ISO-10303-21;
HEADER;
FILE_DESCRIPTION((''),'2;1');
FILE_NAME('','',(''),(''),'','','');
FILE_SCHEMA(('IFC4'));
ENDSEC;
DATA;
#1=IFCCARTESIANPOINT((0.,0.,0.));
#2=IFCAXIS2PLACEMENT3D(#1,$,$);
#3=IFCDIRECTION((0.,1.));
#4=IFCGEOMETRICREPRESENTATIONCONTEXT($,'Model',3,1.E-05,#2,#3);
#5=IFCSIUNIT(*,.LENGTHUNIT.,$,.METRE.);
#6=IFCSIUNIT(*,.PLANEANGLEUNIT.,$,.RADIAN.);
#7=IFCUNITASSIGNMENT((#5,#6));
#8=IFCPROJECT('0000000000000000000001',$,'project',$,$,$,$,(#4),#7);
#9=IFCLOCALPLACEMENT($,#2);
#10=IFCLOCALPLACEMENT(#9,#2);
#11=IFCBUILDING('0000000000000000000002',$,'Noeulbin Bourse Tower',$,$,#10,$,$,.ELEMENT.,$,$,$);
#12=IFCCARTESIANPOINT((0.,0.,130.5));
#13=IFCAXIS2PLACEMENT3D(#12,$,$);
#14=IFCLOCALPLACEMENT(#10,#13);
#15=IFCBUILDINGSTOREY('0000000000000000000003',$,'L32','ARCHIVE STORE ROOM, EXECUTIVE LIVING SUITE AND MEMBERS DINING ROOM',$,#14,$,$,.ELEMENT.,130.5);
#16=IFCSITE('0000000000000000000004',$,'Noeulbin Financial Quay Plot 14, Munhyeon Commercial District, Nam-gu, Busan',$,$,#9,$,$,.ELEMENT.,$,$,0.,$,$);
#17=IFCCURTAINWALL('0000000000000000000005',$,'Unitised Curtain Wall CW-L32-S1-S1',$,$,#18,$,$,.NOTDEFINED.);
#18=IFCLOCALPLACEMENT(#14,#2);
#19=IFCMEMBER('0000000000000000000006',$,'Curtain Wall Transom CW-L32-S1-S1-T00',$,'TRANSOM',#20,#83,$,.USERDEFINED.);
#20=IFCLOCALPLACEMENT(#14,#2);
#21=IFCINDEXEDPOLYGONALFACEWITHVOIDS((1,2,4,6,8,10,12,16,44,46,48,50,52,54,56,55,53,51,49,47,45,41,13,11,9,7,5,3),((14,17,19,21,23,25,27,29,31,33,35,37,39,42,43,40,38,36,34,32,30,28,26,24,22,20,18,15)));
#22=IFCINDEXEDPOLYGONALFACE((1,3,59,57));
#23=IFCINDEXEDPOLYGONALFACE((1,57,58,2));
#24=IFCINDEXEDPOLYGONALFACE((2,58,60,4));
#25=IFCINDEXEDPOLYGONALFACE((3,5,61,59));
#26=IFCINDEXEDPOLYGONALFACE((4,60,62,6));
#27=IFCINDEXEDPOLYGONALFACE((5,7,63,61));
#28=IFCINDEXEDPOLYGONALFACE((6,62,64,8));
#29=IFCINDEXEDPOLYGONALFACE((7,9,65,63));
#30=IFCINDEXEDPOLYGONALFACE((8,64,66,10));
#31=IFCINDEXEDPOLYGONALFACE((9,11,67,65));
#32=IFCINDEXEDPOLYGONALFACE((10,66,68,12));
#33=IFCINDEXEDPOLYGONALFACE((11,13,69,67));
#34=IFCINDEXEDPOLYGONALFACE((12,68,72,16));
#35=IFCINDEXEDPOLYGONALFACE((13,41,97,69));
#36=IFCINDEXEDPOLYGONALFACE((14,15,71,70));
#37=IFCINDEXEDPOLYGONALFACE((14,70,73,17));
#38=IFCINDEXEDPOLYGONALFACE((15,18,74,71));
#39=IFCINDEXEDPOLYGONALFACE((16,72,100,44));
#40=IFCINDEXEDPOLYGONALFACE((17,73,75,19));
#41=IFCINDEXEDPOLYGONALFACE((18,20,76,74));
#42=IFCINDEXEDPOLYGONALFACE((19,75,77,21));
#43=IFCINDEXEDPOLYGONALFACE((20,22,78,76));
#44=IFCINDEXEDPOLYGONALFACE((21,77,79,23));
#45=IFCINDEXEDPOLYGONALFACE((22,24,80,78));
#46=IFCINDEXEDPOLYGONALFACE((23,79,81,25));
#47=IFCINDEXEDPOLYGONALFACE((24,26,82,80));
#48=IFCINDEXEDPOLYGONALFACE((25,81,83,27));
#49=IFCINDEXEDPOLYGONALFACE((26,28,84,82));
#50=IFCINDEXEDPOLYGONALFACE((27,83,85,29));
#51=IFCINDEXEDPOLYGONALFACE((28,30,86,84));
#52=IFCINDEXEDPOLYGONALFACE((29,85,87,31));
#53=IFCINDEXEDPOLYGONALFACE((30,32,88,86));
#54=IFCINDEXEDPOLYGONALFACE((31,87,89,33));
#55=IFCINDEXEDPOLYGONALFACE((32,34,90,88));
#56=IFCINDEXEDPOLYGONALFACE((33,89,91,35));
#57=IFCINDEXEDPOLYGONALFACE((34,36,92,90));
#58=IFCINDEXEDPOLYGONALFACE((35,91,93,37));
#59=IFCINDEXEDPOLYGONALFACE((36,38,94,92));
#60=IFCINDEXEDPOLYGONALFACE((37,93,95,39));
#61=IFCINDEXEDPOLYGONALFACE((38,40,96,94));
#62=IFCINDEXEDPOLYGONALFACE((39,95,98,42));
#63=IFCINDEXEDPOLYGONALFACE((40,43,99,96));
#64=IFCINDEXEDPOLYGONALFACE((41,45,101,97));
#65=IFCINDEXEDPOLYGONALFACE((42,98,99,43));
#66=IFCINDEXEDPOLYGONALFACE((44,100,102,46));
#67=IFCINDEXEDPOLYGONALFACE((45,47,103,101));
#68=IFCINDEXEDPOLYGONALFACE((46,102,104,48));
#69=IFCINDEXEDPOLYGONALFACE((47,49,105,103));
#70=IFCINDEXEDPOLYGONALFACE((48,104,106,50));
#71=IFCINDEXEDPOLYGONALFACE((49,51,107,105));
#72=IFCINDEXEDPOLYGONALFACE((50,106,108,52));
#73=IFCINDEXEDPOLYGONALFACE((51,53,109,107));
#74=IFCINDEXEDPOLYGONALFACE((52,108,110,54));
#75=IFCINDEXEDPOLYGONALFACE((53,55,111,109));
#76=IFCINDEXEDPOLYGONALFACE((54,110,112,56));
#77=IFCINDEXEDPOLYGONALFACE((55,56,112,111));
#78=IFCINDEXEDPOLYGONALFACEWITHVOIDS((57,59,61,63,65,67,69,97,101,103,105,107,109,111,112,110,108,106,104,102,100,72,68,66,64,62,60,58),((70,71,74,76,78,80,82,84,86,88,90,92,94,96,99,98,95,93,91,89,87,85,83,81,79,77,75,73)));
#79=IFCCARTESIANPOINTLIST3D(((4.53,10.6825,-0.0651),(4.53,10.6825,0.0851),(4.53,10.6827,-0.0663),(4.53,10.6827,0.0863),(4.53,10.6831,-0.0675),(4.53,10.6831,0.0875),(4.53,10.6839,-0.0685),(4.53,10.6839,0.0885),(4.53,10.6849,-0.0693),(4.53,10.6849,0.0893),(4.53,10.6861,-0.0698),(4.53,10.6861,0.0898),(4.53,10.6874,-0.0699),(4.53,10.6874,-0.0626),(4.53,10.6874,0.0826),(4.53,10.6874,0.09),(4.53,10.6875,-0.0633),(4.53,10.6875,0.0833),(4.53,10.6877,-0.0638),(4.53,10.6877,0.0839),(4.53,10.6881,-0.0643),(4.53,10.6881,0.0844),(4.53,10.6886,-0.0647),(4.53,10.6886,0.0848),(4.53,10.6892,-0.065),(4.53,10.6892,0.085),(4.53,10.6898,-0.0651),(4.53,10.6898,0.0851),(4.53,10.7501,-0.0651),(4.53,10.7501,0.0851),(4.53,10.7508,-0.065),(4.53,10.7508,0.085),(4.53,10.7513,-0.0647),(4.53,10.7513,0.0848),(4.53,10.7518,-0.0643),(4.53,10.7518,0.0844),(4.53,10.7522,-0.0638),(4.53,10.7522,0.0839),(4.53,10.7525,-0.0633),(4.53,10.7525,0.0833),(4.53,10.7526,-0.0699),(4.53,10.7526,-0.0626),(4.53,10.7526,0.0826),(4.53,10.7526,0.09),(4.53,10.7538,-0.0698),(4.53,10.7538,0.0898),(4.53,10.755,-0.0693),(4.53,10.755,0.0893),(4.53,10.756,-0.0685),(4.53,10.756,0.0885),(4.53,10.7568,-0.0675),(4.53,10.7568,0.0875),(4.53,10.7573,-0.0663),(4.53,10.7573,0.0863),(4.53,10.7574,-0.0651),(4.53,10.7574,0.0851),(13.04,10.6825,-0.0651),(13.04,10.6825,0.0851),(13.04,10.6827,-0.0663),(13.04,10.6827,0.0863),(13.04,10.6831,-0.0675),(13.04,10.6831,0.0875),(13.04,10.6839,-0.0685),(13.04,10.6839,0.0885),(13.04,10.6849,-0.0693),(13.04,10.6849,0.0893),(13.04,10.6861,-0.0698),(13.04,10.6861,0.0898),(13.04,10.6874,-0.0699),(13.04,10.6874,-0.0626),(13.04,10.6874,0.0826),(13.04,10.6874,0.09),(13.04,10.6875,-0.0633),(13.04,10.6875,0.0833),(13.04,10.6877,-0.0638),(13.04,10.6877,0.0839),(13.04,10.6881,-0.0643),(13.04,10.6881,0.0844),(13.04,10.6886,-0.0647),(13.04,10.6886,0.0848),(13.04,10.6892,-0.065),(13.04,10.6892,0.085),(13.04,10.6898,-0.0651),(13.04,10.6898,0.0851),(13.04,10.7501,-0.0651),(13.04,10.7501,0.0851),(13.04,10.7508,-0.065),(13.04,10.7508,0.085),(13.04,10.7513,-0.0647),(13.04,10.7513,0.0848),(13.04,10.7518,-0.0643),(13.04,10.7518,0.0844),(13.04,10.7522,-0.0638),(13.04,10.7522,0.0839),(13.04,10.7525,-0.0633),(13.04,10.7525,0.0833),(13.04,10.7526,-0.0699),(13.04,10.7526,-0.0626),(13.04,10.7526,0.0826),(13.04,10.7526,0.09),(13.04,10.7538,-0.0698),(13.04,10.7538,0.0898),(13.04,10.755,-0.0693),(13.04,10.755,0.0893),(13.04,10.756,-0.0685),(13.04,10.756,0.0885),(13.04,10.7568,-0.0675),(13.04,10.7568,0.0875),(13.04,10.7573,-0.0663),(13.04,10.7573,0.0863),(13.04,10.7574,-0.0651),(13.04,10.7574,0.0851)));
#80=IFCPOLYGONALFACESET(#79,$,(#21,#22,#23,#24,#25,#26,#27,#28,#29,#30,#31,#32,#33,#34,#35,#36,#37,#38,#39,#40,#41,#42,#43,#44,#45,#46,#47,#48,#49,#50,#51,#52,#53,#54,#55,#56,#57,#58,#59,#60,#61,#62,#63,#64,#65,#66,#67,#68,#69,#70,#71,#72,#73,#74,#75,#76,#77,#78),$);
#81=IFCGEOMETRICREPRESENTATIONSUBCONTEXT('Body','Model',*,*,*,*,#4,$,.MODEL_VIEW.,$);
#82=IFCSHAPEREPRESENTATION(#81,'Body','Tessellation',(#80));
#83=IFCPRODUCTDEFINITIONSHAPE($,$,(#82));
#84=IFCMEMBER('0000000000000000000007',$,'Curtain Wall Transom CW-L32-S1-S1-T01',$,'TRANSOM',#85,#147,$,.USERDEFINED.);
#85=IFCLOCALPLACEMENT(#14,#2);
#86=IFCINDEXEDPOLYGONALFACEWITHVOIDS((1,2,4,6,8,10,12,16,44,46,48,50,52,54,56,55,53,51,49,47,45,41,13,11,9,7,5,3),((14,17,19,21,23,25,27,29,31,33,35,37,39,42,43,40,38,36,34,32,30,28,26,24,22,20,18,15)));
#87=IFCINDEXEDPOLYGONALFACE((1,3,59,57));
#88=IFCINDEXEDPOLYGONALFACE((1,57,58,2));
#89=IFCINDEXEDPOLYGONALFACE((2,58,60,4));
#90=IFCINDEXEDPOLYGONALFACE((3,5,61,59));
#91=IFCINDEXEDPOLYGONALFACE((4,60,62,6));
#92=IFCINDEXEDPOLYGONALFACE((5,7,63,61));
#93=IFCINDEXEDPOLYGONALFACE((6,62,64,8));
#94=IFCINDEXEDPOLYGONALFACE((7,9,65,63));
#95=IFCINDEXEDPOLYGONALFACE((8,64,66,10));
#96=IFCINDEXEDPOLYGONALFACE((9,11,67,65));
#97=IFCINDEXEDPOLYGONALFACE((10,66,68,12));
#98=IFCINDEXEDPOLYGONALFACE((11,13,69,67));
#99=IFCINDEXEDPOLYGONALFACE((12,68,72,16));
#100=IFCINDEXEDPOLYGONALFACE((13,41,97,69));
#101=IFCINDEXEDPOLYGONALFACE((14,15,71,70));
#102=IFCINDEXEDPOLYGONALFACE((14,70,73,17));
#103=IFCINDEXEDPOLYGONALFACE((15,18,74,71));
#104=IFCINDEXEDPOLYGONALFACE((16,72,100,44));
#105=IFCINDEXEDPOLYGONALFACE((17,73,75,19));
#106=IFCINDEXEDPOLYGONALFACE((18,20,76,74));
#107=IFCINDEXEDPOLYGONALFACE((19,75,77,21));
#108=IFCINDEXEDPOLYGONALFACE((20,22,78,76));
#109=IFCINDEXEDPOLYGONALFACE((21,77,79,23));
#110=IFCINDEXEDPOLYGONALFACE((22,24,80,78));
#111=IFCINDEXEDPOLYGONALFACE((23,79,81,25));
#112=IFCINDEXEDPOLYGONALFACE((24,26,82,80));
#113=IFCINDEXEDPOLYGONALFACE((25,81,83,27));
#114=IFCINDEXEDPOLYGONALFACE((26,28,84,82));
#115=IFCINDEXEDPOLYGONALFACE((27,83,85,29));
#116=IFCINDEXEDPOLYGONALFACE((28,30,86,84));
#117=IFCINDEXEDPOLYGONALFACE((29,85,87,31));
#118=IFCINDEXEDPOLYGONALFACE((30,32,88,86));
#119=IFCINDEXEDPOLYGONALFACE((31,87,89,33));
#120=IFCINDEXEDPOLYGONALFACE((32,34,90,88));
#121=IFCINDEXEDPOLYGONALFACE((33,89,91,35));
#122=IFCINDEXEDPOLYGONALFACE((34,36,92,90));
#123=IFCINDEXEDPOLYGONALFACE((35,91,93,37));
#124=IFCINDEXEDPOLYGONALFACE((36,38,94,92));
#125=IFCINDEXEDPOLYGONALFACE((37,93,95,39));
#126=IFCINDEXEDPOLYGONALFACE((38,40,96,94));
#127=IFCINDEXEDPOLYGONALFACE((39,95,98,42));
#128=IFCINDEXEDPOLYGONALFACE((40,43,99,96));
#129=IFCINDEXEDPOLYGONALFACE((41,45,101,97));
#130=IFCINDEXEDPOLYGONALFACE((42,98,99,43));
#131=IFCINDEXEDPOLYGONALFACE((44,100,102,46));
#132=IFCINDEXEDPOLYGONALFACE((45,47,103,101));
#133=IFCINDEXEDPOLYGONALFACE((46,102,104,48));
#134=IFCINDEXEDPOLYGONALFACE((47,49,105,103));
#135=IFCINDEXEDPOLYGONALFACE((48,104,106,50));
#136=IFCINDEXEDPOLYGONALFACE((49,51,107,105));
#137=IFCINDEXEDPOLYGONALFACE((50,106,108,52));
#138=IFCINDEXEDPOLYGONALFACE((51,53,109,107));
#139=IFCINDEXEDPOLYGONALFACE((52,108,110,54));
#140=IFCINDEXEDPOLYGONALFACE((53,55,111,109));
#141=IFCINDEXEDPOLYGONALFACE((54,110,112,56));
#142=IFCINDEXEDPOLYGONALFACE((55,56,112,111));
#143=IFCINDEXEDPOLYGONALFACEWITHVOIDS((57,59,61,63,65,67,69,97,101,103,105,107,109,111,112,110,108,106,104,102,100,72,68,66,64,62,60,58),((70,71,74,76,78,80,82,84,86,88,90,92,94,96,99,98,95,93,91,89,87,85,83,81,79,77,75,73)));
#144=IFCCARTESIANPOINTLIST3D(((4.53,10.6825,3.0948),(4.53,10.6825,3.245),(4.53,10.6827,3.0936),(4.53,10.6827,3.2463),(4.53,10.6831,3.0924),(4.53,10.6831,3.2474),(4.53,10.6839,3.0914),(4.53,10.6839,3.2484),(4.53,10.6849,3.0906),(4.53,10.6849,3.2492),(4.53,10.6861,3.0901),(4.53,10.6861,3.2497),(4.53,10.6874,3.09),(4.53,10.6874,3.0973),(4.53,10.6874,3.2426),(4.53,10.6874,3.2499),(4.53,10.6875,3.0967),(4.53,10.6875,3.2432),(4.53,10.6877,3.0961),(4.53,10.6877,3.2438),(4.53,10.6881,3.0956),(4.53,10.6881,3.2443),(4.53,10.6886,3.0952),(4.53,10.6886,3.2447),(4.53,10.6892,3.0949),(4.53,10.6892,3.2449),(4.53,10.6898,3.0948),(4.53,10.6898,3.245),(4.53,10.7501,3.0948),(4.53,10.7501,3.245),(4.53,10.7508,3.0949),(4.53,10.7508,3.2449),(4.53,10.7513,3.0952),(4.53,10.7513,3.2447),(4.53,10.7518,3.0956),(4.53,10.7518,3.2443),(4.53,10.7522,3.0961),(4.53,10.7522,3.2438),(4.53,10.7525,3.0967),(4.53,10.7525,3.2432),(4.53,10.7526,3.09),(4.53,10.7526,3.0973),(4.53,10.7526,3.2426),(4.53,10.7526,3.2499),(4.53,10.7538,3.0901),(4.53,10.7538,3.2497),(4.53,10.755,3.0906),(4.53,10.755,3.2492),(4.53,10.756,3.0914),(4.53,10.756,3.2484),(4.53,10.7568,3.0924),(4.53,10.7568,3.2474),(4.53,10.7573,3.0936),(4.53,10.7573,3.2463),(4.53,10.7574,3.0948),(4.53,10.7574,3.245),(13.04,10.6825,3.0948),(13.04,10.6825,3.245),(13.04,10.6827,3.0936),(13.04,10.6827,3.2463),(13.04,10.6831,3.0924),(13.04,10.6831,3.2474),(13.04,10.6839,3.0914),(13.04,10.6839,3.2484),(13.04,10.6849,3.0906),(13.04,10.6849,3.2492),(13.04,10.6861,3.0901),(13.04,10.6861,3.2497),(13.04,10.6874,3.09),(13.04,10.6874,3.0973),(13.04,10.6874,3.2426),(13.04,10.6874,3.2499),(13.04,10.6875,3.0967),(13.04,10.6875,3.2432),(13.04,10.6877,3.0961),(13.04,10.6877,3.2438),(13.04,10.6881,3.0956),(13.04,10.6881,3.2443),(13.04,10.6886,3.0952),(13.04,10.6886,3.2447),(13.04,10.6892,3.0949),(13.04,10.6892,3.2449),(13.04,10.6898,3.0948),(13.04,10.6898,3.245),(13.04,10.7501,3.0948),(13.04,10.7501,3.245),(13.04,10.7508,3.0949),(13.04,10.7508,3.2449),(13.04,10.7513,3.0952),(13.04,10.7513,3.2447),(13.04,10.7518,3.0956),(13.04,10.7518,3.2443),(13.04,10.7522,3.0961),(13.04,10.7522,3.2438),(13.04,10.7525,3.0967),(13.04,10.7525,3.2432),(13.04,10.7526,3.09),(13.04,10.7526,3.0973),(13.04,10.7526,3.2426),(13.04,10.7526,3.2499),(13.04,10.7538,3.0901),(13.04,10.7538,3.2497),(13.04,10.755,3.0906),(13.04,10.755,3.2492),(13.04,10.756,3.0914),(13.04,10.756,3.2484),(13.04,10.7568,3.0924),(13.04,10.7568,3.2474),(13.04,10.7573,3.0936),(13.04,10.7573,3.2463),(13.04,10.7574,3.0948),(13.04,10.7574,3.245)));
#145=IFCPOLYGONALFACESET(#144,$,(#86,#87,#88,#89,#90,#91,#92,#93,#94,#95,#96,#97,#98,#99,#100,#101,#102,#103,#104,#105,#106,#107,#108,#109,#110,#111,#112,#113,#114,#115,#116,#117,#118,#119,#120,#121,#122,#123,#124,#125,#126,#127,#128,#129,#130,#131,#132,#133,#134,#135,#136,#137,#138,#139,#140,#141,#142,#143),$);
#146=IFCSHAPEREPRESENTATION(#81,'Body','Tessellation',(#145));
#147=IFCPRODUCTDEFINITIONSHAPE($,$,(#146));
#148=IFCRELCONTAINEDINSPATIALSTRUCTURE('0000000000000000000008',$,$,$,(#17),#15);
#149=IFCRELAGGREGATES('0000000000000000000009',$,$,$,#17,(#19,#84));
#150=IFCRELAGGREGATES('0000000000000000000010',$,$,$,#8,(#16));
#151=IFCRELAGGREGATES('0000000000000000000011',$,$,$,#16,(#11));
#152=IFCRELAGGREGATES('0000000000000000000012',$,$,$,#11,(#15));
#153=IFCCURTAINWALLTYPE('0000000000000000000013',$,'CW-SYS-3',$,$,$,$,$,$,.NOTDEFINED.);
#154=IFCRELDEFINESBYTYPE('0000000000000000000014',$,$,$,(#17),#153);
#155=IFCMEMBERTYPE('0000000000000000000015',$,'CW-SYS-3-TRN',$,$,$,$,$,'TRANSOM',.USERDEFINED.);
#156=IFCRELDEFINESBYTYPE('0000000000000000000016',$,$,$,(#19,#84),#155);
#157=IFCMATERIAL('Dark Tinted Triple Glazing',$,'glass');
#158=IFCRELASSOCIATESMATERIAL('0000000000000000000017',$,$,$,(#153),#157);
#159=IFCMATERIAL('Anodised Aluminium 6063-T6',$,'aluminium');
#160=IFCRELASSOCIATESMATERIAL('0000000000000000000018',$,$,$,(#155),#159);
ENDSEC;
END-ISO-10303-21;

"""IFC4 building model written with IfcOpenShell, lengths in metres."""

from ifc_helpers import new_model, si_unit, direction, frame, origin, origin_2d, place, context, subcontext, project, spatial, hollow_rectangle, extrude, material, material_profile, profile_set, type_object, element, aggregate, save


model = new_model("IFC4")

# Units and contexts
model_context = context("Model", 3, precision=1e-05, world=origin(), true_north=direction((0.0, 1.0)))
body_context = subcontext(model_context, "Body", "Model", "MODEL_VIEW")
ifc_project = project(units=[si_unit("LENGTHUNIT", "METRE"), si_unit("PLANEANGLEUNIT", "RADIAN")], contexts=[model_context])

# Site, building, storey
site_placement = place(None, origin())
site = spatial("IfcSite", under=ifc_project, at=site_placement, Name="Noeulbin Financial Quay Plot 14, Munhyeon Commercial District, Nam-gu, Busan", CompositionType="ELEMENT", RefElevation=0.0)
building_placement = place(site_placement, origin())
building = spatial("IfcBuilding", under=site, at=building_placement, Name="Noeulbin Bourse Tower", CompositionType="ELEMENT")
storey_placement = place(building_placement, frame((0.0, 0.0, 130.5)))
storey = spatial("IfcBuildingStorey", under=building, at=storey_placement, Name="L32", Description="ARCHIVE STORE ROOM, EXECUTIVE LIVING SUITE AND MEMBERS DINING ROOM", CompositionType="ELEMENT", Elevation=130.5)

# Curtain wall
ifc_material_1 = material(Name="Dark Tinted Triple Glazing", Category="glass")
curtain_wall_type = type_object("IfcCurtainWallType", Name="CW-SYS-3", PredefinedType="NOTDEFINED", material=ifc_material_1)
curtain_wall_1_placement = place(storey_placement, origin())
curtain_wall_1 = element("IfcCurtainWall", 1, at=curtain_wall_1_placement, inside=storey, type_object=curtain_wall_type, Name="Unitised Curtain Wall CW-L32-S1-S1", PredefinedType="NOTDEFINED")
ifc_material_2 = material(Name="Anodised Aluminium 6063-T6", Category="aluminium")

# Members
ifc_material_profile_1 = material_profile(ifc_material_2, hollow_rectangle(XDim=0.075, YDim=0.1599, WallThickness=0.0049, InnerFilletRadius=0.0024, OuterFilletRadius=0.0049, at=origin_2d()), Name="ALU-TRAN-75x160x5", Category="LoadBearing")
ifc_profile_set_1 = profile_set([ifc_material_profile_1], Name="Anodised Aluminium 6063-T6")
member_type_1 = type_object("IfcMemberType", Name="CW-SYS-3-TRN", ElementType="TRANSOM", PredefinedType="USERDEFINED", material=ifc_profile_set_1)
member_1_placement = place(storey_placement, frame((4.53, 10.72, 0.01), z_axis=(1.0, 0.0, 0.0), x_axis=(0.0, 1.0, 0.0)))
member_1 = element("IfcMember", 2, at=member_1_placement, type_object=member_type_1, Name="Curtain Wall Transom CW-L32-S1-S1-T00", ObjectType="TRANSOM", PredefinedType="USERDEFINED", context=body_context, shape_type="SweptSolid", body=[
    extrude(hollow_rectangle(XDim=0.075, YDim=0.1599, WallThickness=0.0049, InnerFilletRadius=0.0024, OuterFilletRadius=0.0049, at=origin_2d()), origin(), (0.0, 0.0, 1.0), 8.51),
])
member_2_placement = place(storey_placement, frame((4.53, 10.72, 3.1699), z_axis=(1.0, 0.0, 0.0), x_axis=(0.0, 1.0, 0.0)))
member_2 = element("IfcMember", 3, at=member_2_placement, type_object=member_type_1, Name="Curtain Wall Transom CW-L32-S1-S1-T01", ObjectType="TRANSOM", PredefinedType="USERDEFINED", context=body_context, shape_type="SweptSolid", body=[
    extrude(hollow_rectangle(XDim=0.075, YDim=0.1599, WallThickness=0.0049, InnerFilletRadius=0.0024, OuterFilletRadius=0.0049, at=origin_2d()), origin(), (0.0, 0.0, 1.0), 8.51),
])

aggregate(curtain_wall_1, [member_1, member_2])

save(model, "model.ifc")
